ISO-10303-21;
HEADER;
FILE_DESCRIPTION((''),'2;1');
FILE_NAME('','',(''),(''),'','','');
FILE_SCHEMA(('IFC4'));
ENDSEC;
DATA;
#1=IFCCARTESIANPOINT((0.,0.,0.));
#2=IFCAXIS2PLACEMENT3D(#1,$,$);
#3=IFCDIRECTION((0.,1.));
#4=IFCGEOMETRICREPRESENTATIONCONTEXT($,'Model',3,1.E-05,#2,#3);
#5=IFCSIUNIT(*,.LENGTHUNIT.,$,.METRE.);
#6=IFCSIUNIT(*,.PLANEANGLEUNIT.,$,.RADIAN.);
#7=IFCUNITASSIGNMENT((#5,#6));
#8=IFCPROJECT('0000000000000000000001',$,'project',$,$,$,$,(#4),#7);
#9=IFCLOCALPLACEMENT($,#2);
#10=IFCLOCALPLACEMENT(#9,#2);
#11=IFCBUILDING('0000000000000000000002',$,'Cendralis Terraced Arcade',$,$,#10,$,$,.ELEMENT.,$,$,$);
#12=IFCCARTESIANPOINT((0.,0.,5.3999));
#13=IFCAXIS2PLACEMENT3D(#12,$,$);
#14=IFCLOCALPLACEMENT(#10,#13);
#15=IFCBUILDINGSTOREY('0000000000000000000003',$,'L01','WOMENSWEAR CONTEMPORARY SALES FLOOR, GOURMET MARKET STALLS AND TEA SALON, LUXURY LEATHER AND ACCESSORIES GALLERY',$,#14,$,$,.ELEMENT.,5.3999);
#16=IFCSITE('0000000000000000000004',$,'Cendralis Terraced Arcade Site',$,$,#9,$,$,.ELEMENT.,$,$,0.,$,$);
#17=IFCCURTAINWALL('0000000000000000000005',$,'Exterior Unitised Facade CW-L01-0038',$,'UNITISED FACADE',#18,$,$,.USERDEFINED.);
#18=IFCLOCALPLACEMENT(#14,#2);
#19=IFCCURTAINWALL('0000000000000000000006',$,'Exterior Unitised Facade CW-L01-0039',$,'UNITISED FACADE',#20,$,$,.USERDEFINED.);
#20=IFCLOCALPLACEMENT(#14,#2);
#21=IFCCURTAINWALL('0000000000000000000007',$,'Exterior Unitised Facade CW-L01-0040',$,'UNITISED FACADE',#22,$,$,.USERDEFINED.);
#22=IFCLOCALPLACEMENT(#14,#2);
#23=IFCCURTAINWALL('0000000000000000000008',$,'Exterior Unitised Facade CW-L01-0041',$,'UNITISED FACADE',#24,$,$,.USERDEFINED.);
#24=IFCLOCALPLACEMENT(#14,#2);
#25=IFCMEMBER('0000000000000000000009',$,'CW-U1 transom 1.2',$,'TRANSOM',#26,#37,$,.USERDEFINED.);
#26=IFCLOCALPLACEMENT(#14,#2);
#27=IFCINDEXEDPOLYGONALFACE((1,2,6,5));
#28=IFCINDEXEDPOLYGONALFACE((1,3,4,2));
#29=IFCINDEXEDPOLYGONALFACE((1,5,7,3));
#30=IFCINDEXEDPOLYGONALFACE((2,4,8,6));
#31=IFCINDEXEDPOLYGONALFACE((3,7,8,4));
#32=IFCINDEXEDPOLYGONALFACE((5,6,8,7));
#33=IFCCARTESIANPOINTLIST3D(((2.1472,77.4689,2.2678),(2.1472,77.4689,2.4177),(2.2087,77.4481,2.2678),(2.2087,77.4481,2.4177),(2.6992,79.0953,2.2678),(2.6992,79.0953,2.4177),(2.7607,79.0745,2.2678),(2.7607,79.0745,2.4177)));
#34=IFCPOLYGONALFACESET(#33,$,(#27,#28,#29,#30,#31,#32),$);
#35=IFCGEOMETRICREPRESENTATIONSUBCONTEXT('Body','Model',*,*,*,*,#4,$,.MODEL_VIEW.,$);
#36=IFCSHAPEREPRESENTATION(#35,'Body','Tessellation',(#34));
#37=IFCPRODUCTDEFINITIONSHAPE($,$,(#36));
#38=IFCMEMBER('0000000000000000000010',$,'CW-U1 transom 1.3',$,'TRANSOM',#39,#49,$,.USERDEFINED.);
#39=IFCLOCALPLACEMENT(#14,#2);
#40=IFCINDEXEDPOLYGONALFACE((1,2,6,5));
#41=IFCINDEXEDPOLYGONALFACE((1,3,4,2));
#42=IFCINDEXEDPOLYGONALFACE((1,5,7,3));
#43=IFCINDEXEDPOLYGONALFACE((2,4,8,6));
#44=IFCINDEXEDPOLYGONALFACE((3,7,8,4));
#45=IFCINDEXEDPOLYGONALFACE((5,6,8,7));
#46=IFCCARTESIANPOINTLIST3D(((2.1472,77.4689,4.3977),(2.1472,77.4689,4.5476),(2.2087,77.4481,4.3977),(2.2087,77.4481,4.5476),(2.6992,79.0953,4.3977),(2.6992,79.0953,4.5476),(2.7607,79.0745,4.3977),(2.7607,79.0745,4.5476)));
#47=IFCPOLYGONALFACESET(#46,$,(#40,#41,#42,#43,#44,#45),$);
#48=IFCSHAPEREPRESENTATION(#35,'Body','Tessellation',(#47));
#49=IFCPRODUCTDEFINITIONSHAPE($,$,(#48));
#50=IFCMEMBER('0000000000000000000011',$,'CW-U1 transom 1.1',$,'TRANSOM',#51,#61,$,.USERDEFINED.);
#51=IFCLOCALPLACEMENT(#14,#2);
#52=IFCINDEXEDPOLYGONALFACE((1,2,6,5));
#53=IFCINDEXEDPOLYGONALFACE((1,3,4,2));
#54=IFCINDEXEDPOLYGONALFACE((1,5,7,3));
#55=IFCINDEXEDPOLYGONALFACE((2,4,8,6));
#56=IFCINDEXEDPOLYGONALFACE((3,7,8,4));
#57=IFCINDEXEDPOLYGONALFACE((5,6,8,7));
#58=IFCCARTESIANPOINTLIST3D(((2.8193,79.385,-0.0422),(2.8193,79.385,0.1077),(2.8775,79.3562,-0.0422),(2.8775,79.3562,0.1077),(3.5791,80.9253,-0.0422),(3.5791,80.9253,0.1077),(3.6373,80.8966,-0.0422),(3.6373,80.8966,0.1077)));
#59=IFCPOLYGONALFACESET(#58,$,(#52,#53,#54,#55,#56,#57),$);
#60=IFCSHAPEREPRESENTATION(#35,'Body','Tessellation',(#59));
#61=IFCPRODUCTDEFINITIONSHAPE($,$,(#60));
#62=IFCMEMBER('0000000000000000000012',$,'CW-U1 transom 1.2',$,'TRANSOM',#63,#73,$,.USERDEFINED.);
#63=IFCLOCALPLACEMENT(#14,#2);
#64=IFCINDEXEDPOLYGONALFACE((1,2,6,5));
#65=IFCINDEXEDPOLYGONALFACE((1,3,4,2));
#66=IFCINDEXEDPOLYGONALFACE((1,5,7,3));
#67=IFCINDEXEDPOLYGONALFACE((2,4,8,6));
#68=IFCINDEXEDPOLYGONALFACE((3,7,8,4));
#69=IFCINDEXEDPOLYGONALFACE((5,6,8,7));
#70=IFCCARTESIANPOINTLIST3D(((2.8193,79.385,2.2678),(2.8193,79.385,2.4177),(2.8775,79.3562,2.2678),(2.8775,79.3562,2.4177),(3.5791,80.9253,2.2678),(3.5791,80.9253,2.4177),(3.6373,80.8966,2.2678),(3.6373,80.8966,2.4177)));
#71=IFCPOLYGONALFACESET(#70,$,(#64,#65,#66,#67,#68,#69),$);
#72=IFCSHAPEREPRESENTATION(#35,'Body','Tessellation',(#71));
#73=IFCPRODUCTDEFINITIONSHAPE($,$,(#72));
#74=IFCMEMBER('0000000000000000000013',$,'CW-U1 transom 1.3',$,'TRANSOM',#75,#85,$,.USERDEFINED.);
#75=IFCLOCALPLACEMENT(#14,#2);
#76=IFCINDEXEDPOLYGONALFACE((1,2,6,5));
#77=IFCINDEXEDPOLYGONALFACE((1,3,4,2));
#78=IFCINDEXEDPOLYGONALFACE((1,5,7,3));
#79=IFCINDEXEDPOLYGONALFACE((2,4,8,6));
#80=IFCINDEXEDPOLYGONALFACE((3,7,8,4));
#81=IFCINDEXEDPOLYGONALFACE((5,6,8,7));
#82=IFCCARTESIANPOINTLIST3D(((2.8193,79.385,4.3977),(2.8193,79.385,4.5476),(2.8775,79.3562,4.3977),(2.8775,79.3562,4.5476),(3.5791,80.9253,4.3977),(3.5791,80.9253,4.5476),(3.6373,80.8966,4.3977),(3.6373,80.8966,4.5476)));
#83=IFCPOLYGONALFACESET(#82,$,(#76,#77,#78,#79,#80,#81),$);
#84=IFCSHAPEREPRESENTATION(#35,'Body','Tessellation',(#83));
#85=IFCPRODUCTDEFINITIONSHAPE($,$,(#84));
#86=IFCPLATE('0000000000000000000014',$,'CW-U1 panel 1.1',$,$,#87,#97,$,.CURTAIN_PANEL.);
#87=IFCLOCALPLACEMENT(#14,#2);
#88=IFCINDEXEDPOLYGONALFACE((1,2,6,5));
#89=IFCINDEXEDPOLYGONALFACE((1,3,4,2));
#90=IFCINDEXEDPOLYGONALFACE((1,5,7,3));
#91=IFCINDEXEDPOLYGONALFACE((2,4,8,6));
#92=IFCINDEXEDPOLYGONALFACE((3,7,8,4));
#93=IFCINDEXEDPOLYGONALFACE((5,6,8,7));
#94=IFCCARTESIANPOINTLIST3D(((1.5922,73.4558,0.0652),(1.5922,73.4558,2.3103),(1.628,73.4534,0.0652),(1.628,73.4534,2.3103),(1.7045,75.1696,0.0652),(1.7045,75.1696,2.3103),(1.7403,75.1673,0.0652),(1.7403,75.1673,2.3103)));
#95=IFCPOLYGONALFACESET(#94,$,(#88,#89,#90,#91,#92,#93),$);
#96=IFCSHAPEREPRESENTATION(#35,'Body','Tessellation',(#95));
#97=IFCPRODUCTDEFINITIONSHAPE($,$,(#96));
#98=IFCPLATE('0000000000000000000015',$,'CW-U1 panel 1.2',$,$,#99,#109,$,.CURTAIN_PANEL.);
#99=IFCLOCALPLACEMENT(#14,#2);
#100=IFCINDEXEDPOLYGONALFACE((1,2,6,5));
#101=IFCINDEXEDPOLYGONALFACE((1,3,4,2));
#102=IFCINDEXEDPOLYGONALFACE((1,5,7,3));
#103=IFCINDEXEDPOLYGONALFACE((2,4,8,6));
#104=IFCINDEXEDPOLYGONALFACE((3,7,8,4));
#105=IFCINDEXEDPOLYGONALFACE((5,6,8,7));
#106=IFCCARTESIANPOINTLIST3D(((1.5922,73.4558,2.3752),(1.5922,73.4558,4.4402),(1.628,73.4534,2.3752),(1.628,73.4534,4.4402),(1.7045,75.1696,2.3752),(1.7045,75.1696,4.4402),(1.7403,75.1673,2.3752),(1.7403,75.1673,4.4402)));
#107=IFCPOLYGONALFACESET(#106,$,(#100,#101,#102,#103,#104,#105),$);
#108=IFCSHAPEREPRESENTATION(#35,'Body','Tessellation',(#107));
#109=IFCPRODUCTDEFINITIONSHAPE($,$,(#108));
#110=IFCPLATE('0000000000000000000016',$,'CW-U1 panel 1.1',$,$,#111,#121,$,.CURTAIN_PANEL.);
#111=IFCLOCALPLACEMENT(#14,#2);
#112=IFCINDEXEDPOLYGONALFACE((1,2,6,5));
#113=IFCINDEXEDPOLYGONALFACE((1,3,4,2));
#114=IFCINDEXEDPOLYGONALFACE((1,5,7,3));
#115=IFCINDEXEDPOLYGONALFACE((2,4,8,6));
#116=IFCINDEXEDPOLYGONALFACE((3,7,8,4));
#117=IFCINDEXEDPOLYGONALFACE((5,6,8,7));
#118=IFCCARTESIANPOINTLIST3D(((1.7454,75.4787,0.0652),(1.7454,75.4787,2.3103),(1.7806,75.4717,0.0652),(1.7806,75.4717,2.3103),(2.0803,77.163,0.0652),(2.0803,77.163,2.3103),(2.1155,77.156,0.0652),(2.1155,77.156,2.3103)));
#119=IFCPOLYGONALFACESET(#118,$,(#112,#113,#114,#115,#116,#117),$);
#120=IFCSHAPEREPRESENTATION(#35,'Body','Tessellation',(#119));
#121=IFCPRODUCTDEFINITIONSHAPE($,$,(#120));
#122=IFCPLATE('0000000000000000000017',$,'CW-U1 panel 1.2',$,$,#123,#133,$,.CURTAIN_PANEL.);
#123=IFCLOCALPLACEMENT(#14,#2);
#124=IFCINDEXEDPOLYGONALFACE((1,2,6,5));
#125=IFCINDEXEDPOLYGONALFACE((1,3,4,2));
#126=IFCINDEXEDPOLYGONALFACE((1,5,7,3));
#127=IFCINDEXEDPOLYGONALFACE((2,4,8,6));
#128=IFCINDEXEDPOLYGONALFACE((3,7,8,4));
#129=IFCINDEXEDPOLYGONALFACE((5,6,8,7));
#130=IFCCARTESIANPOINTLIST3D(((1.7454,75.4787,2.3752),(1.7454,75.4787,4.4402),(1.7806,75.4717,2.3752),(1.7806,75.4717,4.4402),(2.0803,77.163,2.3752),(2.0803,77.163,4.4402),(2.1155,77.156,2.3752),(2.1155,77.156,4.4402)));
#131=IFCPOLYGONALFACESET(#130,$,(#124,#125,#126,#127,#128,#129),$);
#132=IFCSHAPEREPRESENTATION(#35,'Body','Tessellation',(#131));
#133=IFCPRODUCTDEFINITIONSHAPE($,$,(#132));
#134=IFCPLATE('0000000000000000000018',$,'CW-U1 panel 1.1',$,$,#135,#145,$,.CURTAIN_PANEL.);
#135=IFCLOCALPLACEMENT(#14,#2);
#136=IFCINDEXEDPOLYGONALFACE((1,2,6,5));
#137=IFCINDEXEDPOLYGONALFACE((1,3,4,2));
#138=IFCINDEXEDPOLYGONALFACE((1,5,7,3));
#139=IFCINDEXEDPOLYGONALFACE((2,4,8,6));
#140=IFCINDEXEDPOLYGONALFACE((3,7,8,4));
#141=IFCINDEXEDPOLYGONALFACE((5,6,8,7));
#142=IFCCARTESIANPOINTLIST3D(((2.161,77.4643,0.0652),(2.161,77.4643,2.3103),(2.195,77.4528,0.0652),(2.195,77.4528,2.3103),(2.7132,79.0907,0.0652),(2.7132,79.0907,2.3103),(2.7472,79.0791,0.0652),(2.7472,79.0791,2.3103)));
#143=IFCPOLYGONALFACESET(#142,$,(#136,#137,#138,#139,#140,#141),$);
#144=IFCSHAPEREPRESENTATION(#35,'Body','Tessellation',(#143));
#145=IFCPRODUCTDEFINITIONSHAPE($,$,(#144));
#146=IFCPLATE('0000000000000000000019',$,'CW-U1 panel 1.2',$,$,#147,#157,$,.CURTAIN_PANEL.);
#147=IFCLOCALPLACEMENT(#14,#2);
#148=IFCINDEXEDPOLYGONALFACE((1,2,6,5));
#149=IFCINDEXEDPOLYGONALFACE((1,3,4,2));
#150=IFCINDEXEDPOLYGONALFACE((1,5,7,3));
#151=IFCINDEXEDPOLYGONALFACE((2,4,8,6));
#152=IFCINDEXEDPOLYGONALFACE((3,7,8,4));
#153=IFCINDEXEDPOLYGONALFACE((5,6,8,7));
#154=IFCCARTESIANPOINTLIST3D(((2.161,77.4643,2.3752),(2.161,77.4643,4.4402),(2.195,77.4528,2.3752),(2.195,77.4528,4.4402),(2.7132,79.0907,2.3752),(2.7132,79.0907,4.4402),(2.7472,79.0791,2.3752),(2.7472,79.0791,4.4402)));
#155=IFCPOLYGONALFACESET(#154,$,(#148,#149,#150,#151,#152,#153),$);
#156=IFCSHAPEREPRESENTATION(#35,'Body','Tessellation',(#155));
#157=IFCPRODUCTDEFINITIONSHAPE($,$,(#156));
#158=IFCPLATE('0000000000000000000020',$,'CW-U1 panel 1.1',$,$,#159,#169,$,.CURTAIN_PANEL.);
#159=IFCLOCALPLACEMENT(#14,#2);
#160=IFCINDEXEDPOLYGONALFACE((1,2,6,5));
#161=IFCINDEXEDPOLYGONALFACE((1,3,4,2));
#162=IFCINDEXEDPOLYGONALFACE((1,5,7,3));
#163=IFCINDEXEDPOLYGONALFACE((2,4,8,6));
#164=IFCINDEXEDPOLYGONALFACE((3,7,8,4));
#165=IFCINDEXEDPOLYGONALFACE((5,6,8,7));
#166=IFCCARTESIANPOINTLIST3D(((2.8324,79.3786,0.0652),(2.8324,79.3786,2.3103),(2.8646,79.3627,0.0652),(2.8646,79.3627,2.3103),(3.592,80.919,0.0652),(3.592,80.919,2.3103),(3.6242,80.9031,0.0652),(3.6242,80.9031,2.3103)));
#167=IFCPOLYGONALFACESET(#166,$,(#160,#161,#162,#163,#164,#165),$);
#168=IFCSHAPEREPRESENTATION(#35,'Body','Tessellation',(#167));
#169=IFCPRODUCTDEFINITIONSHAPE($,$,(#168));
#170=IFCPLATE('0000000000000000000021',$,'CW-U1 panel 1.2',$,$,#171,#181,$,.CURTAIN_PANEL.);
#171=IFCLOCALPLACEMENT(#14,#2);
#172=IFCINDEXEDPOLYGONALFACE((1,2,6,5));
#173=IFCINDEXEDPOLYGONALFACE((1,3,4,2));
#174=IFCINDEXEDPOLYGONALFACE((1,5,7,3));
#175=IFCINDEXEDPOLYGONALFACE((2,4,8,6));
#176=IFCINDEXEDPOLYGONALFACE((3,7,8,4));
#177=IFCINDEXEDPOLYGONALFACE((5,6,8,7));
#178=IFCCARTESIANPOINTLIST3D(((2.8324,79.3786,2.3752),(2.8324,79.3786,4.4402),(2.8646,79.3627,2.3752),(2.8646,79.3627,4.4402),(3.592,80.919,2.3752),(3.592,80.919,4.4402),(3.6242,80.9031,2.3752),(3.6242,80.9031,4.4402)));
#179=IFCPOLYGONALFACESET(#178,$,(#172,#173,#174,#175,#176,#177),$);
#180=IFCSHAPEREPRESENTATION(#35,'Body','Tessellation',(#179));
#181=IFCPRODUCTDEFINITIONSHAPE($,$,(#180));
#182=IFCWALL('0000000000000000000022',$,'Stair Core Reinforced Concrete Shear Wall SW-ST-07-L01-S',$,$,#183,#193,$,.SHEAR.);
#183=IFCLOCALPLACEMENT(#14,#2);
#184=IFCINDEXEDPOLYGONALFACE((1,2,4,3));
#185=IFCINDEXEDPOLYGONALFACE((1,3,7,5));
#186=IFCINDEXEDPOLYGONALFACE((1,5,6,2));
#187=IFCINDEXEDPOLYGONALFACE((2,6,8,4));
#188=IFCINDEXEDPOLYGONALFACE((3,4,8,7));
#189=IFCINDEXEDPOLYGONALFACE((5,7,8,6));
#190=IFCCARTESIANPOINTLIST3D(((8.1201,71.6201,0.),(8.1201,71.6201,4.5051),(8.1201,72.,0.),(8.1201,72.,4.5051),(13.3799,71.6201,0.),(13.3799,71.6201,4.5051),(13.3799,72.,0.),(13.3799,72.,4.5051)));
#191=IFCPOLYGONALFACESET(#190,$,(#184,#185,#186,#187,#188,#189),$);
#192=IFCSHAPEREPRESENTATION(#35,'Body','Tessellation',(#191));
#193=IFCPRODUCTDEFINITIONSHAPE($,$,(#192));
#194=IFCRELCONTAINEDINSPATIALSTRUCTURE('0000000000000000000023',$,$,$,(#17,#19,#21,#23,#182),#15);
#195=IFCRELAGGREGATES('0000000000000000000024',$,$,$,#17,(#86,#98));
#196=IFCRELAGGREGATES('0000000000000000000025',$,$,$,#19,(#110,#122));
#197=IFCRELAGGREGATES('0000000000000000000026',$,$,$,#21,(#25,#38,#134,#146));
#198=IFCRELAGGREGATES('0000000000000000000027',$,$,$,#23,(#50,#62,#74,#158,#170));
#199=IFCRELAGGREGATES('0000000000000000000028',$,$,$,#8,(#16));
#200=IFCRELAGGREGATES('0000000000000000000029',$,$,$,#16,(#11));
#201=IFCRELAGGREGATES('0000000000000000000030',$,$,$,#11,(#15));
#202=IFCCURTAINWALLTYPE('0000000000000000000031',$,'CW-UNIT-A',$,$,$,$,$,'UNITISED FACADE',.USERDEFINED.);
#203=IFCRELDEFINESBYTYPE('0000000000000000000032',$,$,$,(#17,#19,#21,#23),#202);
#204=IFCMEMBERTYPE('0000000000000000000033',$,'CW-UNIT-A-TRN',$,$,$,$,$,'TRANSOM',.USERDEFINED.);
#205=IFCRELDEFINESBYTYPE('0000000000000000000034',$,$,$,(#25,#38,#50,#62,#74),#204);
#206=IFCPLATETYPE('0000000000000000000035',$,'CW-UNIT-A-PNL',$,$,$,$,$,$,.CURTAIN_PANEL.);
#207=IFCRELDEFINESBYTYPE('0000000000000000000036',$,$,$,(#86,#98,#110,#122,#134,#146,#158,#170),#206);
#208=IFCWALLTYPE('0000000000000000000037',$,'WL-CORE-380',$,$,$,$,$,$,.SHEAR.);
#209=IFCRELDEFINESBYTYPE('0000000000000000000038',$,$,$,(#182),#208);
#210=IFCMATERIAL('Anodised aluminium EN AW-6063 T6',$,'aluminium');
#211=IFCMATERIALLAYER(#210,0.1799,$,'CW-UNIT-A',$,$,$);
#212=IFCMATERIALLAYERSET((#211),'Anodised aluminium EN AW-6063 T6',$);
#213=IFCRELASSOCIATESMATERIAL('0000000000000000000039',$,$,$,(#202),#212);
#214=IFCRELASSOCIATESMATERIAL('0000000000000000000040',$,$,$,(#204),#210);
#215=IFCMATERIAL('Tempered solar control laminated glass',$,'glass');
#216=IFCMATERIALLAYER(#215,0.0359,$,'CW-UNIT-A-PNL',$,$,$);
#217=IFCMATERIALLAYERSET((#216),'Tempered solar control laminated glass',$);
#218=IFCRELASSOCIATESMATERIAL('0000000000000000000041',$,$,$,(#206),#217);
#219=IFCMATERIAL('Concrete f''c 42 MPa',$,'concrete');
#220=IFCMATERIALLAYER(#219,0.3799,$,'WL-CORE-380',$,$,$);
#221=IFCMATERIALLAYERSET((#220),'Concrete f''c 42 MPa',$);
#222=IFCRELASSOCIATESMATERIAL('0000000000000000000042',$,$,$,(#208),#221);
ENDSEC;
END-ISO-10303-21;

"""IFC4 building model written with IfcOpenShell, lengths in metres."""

from ifc_helpers import new_model, si_unit, direction, frame, frame_2d, origin, origin_2d, place, context, subcontext, project, spatial, rectangle, extrude, material, layer, layer_set, material_profile, profile_set, type_object, element, aggregate, save


model = new_model("IFC4")

# Units and contexts
model_context = context("Model", 3, precision=1e-05, world=origin(), true_north=direction((0.0, 1.0)))
body_context = subcontext(model_context, "Body", "Model", "MODEL_VIEW")
ifc_project = project(units=[si_unit("LENGTHUNIT", "METRE"), si_unit("PLANEANGLEUNIT", "RADIAN")], contexts=[model_context])

# Site, building, storey
site_placement = place(None, origin())
site = spatial("IfcSite", under=ifc_project, at=site_placement, Name="Cendralis Terraced Arcade Site", CompositionType="ELEMENT", RefElevation=0.0)
building_placement = place(site_placement, origin())
building = spatial("IfcBuilding", under=site, at=building_placement, Name="Cendralis Terraced Arcade", CompositionType="ELEMENT")
storey_placement = place(building_placement, frame((0.0, 0.0, 5.3999)))
storey = spatial("IfcBuildingStorey", under=building, at=storey_placement, Name="L01", Description="WOMENSWEAR CONTEMPORARY SALES FLOOR, GOURMET MARKET STALLS AND TEA SALON, LUXURY LEATHER AND ACCESSORIES GALLERY", CompositionType="ELEMENT", Elevation=5.3999)

# Curtain walls
ifc_material_1 = material(Name="Anodised aluminium EN AW-6063 T6", Category="aluminium")
ifc_layer_1 = layer(ifc_material_1, 0.1799, Name="CW-UNIT-A")
ifc_layer_set_1 = layer_set([ifc_layer_1], Name="Anodised aluminium EN AW-6063 T6")
curtain_wall_type = type_object("IfcCurtainWallType", Name="CW-UNIT-A", ElementType="UNITISED FACADE", PredefinedType="USERDEFINED", material=ifc_layer_set_1)
curtain_wall_1_placement = place(storey_placement, origin())
curtain_wall_1 = element("IfcCurtainWall", 1, at=curtain_wall_1_placement, inside=storey, type_object=curtain_wall_type, Name="Exterior Unitised Facade CW-L01-0038", ObjectType="UNITISED FACADE", PredefinedType="USERDEFINED")
curtain_wall_2_placement = place(storey_placement, origin())
curtain_wall_2 = element("IfcCurtainWall", 2, at=curtain_wall_2_placement, inside=storey, type_object=curtain_wall_type, Name="Exterior Unitised Facade CW-L01-0039", ObjectType="UNITISED FACADE", PredefinedType="USERDEFINED")
curtain_wall_3_placement = place(storey_placement, origin())
curtain_wall_3 = element("IfcCurtainWall", 3, at=curtain_wall_3_placement, inside=storey, type_object=curtain_wall_type, Name="Exterior Unitised Facade CW-L01-0040", ObjectType="UNITISED FACADE", PredefinedType="USERDEFINED")

# Curtain wall
curtain_wall_4_placement = place(storey_placement, origin())
curtain_wall_4 = element("IfcCurtainWall", 4, at=curtain_wall_4_placement, inside=storey, type_object=curtain_wall_type, Name="Exterior Unitised Facade CW-L01-0041", ObjectType="UNITISED FACADE", PredefinedType="USERDEFINED")

# Members
ifc_material_profile_1 = material_profile(ifc_material_1, rectangle(XDim=0.0649, YDim=0.1499, at=origin_2d()), Name="ALU-TRN-65x150")
ifc_profile_set_1 = profile_set([ifc_material_profile_1], Name="Anodised aluminium EN AW-6063 T6")
member_type_1 = type_object("IfcMemberType", Name="CW-UNIT-A-TRN", ElementType="TRANSOM", PredefinedType="USERDEFINED", material=ifc_profile_set_1)
member_1_placement = place(storey_placement, frame((2.178, 77.4585, 2.3428), z_axis=(0.321383, 0.946949, 0.0), x_axis=(-0.946949, 0.321383, 0.0)))
member_1 = element("IfcMember", 5, at=member_1_placement, type_object=member_type_1, Name="CW-U1 transom 1.2", ObjectType="TRANSOM", PredefinedType="USERDEFINED", context=body_context, shape_type="SweptSolid", body=[
    extrude(rectangle(XDim=0.0649, YDim=0.1499, at=origin_2d()), origin(), (0.0, 0.0, 1.0), 1.7175),
])
member_2_placement = place(storey_placement, frame((2.178, 77.4585, 4.4727), z_axis=(0.321383, 0.946949, 0.0), x_axis=(-0.946949, 0.321383, 0.0)))
member_2 = element("IfcMember", 6, at=member_2_placement, type_object=member_type_1, Name="CW-U1 transom 1.3", ObjectType="TRANSOM", PredefinedType="USERDEFINED", context=body_context, shape_type="SweptSolid", body=[
    extrude(rectangle(XDim=0.0649, YDim=0.1499, at=origin_2d()), origin(), (0.0, 0.0, 1.0), 1.7175),
])
member_3_placement = place(storey_placement, frame((2.8484, 79.3706, 0.0327), z_axis=(0.442374, 0.896831, 0.0), x_axis=(-0.896831, 0.442374, 0.0)))
member_3 = element("IfcMember", 7, at=member_3_placement, type_object=member_type_1, Name="CW-U1 transom 1.1", ObjectType="TRANSOM", PredefinedType="USERDEFINED", context=body_context, shape_type="SweptSolid", body=[
    extrude(rectangle(XDim=0.0649, YDim=0.1499, at=origin_2d()), origin(), (0.0, 0.0, 1.0), 1.7175),
])
member_4_placement = place(storey_placement, frame((2.8484, 79.3706, 2.3428), z_axis=(0.442374, 0.896831, 0.0), x_axis=(-0.896831, 0.442374, 0.0)))
member_4 = element("IfcMember", 8, at=member_4_placement, type_object=member_type_1, Name="CW-U1 transom 1.2", ObjectType="TRANSOM", PredefinedType="USERDEFINED", context=body_context, shape_type="SweptSolid", body=[
    extrude(rectangle(XDim=0.0649, YDim=0.1499, at=origin_2d()), origin(), (0.0, 0.0, 1.0), 1.7175),
])
member_5_placement = place(storey_placement, frame((2.8484, 79.3706, 4.4727), z_axis=(0.442374, 0.896831, 0.0), x_axis=(-0.896831, 0.442374, 0.0)))
member_5 = element("IfcMember", 9, at=member_5_placement, type_object=member_type_1, Name="CW-U1 transom 1.3", ObjectType="TRANSOM", PredefinedType="USERDEFINED", context=body_context, shape_type="SweptSolid", body=[
    extrude(rectangle(XDim=0.0649, YDim=0.1499, at=origin_2d()), origin(), (0.0, 0.0, 1.0), 1.7175),
])

# Plates
ifc_material_2 = material(Name="Tempered solar control laminated glass", Category="glass")
ifc_layer_2 = layer(ifc_material_2, 0.0359, Name="CW-UNIT-A-PNL")
ifc_layer_set_2 = layer_set([ifc_layer_2], Name="Tempered solar control laminated glass")
plate_type = type_object("IfcPlateType", Name="CW-UNIT-A-PNL", PredefinedType="CURTAIN_PANEL", material=ifc_layer_set_2)
plate_1_placement = place(storey_placement, frame((1.6663, 74.3115, 0.0652), z_axis=(0.0, 0.0, 1.0), x_axis=(0.065384, 0.99786, 0.0)))
plate_1 = element("IfcPlate", 10, at=plate_1_placement, type_object=plate_type, Name="CW-U1 panel 1.1", PredefinedType="CURTAIN_PANEL", context=body_context, shape_type="SweptSolid", body=[
    extrude(rectangle(XDim=1.7175, YDim=0.0359, at=origin_2d()), origin(), (0.0, 0.0, 1.0), 2.2451),
])
plate_2_placement = place(storey_placement, frame((1.6663, 74.3115, 2.3752), z_axis=(0.0, 0.0, 1.0), x_axis=(0.065384, 0.99786, 0.0)))
plate_2 = element("IfcPlate", 11, at=plate_2_placement, type_object=plate_type, Name="CW-U1 panel 1.2", PredefinedType="CURTAIN_PANEL", context=body_context, shape_type="SweptSolid", body=[
    extrude(rectangle(XDim=1.7175, YDim=0.0359, at=origin_2d()), origin(), (0.0, 0.0, 1.0), 2.0649),
])
aggregate(curtain_wall_1, [plate_1, plate_2])
plate_3_placement = place(storey_placement, frame((1.9304, 76.3174, 0.0652), z_axis=(0.0, 0.0, 1.0), x_axis=(0.195033, 0.980797, 0.0)))
plate_3 = element("IfcPlate", 12, at=plate_3_placement, type_object=plate_type, Name="CW-U1 panel 1.1", PredefinedType="CURTAIN_PANEL", context=body_context, shape_type="SweptSolid", body=[
    extrude(rectangle(XDim=1.7173, YDim=0.0359, at=origin_2d()), origin(), (0.0, 0.0, 1.0), 2.2451),
])
plate_4_placement = place(storey_placement, frame((1.9304, 76.3174, 2.3752), z_axis=(0.0, 0.0, 1.0), x_axis=(0.195033, 0.980797, 0.0)))
plate_4 = element("IfcPlate", 13, at=plate_4_placement, type_object=plate_type, Name="CW-U1 panel 1.2", PredefinedType="CURTAIN_PANEL", context=body_context, shape_type="SweptSolid", body=[
    extrude(rectangle(XDim=1.7173, YDim=0.0359, at=origin_2d()), origin(), (0.0, 0.0, 1.0), 2.0649),
])
aggregate(curtain_wall_2, [plate_3, plate_4])
plate_5_placement = place(storey_placement, frame((2.4541, 78.2717, 0.0652), z_axis=(0.0, 0.0, 1.0), x_axis=(0.3215, 0.94691, 0.0)))
plate_5 = element("IfcPlate", 14, at=plate_5_placement, type_object=plate_type, Name="CW-U1 panel 1.1", PredefinedType="CURTAIN_PANEL", context=body_context, shape_type="SweptSolid", body=[
    extrude(rectangle(XDim=1.7175, YDim=0.0359, at=origin_2d()), origin(), (0.0, 0.0, 1.0), 2.2451),
])
plate_6_placement = place(storey_placement, frame((2.4541, 78.2717, 2.3752), z_axis=(0.0, 0.0, 1.0), x_axis=(0.3215, 0.94691, 0.0)))
plate_6 = element("IfcPlate", 15, at=plate_6_placement, type_object=plate_type, Name="CW-U1 panel 1.2", PredefinedType="CURTAIN_PANEL", context=body_context, shape_type="SweptSolid", body=[
    extrude(rectangle(XDim=1.7175, YDim=0.0359, at=origin_2d()), origin(), (0.0, 0.0, 1.0), 2.0649),
])
aggregate(curtain_wall_3, [member_1, member_2, plate_5, plate_6])
plate_7_placement = place(storey_placement, frame((3.2283, 80.1409, 0.0652), z_axis=(0.0, 0.0, 1.0), x_axis=(0.44227, 0.896882, 0.0)))
plate_7 = element("IfcPlate", 16, at=plate_7_placement, type_object=plate_type, Name="CW-U1 panel 1.1", PredefinedType="CURTAIN_PANEL", context=body_context, shape_type="SweptSolid", body=[
    extrude(rectangle(XDim=1.7175, YDim=0.0359, at=origin_2d()), origin(), (0.0, 0.0, 1.0), 2.2451),
])
plate_8_placement = place(storey_placement, frame((3.2283, 80.1409, 2.3752), z_axis=(0.0, 0.0, 1.0), x_axis=(0.44227, 0.896882, 0.0)))
plate_8 = element("IfcPlate", 17, at=plate_8_placement, type_object=plate_type, Name="CW-U1 panel 1.2", PredefinedType="CURTAIN_PANEL", context=body_context, shape_type="SweptSolid", body=[
    extrude(rectangle(XDim=1.7175, YDim=0.0359, at=origin_2d()), origin(), (0.0, 0.0, 1.0), 2.0649),
])
aggregate(curtain_wall_4, [member_3, member_4, member_5, plate_7, plate_8])

# Wall
ifc_material_3 = material(Name="Concrete f'c 42 MPa", Category="concrete")
ifc_layer_3 = layer(ifc_material_3, 0.3799, Name="WL-CORE-380")
ifc_layer_set_3 = layer_set([ifc_layer_3], Name="Concrete f'c 42 MPa")
wall_type = type_object("IfcWallType", Name="WL-CORE-380", PredefinedType="SHEAR", material=ifc_layer_set_3)
wall_1_placement = place(storey_placement, frame((8.1201, 71.8101, 0.0), z_axis=(0.0, 0.0, 1.0), x_axis=(1.0, 0.0, 0.0)))
element("IfcWall", 18, at=wall_1_placement, inside=storey, type_object=wall_type, Name="Stair Core Reinforced Concrete Shear Wall SW-ST-07-L01-S", PredefinedType="SHEAR", context=body_context, shape_type="SweptSolid", body=[
    extrude(rectangle(XDim=5.2598, YDim=0.3799, at=frame_2d((2.6299, 0.0))), origin(), (0.0, 0.0, 1.0), 4.5051),
])

save(model, "model.ifc")
